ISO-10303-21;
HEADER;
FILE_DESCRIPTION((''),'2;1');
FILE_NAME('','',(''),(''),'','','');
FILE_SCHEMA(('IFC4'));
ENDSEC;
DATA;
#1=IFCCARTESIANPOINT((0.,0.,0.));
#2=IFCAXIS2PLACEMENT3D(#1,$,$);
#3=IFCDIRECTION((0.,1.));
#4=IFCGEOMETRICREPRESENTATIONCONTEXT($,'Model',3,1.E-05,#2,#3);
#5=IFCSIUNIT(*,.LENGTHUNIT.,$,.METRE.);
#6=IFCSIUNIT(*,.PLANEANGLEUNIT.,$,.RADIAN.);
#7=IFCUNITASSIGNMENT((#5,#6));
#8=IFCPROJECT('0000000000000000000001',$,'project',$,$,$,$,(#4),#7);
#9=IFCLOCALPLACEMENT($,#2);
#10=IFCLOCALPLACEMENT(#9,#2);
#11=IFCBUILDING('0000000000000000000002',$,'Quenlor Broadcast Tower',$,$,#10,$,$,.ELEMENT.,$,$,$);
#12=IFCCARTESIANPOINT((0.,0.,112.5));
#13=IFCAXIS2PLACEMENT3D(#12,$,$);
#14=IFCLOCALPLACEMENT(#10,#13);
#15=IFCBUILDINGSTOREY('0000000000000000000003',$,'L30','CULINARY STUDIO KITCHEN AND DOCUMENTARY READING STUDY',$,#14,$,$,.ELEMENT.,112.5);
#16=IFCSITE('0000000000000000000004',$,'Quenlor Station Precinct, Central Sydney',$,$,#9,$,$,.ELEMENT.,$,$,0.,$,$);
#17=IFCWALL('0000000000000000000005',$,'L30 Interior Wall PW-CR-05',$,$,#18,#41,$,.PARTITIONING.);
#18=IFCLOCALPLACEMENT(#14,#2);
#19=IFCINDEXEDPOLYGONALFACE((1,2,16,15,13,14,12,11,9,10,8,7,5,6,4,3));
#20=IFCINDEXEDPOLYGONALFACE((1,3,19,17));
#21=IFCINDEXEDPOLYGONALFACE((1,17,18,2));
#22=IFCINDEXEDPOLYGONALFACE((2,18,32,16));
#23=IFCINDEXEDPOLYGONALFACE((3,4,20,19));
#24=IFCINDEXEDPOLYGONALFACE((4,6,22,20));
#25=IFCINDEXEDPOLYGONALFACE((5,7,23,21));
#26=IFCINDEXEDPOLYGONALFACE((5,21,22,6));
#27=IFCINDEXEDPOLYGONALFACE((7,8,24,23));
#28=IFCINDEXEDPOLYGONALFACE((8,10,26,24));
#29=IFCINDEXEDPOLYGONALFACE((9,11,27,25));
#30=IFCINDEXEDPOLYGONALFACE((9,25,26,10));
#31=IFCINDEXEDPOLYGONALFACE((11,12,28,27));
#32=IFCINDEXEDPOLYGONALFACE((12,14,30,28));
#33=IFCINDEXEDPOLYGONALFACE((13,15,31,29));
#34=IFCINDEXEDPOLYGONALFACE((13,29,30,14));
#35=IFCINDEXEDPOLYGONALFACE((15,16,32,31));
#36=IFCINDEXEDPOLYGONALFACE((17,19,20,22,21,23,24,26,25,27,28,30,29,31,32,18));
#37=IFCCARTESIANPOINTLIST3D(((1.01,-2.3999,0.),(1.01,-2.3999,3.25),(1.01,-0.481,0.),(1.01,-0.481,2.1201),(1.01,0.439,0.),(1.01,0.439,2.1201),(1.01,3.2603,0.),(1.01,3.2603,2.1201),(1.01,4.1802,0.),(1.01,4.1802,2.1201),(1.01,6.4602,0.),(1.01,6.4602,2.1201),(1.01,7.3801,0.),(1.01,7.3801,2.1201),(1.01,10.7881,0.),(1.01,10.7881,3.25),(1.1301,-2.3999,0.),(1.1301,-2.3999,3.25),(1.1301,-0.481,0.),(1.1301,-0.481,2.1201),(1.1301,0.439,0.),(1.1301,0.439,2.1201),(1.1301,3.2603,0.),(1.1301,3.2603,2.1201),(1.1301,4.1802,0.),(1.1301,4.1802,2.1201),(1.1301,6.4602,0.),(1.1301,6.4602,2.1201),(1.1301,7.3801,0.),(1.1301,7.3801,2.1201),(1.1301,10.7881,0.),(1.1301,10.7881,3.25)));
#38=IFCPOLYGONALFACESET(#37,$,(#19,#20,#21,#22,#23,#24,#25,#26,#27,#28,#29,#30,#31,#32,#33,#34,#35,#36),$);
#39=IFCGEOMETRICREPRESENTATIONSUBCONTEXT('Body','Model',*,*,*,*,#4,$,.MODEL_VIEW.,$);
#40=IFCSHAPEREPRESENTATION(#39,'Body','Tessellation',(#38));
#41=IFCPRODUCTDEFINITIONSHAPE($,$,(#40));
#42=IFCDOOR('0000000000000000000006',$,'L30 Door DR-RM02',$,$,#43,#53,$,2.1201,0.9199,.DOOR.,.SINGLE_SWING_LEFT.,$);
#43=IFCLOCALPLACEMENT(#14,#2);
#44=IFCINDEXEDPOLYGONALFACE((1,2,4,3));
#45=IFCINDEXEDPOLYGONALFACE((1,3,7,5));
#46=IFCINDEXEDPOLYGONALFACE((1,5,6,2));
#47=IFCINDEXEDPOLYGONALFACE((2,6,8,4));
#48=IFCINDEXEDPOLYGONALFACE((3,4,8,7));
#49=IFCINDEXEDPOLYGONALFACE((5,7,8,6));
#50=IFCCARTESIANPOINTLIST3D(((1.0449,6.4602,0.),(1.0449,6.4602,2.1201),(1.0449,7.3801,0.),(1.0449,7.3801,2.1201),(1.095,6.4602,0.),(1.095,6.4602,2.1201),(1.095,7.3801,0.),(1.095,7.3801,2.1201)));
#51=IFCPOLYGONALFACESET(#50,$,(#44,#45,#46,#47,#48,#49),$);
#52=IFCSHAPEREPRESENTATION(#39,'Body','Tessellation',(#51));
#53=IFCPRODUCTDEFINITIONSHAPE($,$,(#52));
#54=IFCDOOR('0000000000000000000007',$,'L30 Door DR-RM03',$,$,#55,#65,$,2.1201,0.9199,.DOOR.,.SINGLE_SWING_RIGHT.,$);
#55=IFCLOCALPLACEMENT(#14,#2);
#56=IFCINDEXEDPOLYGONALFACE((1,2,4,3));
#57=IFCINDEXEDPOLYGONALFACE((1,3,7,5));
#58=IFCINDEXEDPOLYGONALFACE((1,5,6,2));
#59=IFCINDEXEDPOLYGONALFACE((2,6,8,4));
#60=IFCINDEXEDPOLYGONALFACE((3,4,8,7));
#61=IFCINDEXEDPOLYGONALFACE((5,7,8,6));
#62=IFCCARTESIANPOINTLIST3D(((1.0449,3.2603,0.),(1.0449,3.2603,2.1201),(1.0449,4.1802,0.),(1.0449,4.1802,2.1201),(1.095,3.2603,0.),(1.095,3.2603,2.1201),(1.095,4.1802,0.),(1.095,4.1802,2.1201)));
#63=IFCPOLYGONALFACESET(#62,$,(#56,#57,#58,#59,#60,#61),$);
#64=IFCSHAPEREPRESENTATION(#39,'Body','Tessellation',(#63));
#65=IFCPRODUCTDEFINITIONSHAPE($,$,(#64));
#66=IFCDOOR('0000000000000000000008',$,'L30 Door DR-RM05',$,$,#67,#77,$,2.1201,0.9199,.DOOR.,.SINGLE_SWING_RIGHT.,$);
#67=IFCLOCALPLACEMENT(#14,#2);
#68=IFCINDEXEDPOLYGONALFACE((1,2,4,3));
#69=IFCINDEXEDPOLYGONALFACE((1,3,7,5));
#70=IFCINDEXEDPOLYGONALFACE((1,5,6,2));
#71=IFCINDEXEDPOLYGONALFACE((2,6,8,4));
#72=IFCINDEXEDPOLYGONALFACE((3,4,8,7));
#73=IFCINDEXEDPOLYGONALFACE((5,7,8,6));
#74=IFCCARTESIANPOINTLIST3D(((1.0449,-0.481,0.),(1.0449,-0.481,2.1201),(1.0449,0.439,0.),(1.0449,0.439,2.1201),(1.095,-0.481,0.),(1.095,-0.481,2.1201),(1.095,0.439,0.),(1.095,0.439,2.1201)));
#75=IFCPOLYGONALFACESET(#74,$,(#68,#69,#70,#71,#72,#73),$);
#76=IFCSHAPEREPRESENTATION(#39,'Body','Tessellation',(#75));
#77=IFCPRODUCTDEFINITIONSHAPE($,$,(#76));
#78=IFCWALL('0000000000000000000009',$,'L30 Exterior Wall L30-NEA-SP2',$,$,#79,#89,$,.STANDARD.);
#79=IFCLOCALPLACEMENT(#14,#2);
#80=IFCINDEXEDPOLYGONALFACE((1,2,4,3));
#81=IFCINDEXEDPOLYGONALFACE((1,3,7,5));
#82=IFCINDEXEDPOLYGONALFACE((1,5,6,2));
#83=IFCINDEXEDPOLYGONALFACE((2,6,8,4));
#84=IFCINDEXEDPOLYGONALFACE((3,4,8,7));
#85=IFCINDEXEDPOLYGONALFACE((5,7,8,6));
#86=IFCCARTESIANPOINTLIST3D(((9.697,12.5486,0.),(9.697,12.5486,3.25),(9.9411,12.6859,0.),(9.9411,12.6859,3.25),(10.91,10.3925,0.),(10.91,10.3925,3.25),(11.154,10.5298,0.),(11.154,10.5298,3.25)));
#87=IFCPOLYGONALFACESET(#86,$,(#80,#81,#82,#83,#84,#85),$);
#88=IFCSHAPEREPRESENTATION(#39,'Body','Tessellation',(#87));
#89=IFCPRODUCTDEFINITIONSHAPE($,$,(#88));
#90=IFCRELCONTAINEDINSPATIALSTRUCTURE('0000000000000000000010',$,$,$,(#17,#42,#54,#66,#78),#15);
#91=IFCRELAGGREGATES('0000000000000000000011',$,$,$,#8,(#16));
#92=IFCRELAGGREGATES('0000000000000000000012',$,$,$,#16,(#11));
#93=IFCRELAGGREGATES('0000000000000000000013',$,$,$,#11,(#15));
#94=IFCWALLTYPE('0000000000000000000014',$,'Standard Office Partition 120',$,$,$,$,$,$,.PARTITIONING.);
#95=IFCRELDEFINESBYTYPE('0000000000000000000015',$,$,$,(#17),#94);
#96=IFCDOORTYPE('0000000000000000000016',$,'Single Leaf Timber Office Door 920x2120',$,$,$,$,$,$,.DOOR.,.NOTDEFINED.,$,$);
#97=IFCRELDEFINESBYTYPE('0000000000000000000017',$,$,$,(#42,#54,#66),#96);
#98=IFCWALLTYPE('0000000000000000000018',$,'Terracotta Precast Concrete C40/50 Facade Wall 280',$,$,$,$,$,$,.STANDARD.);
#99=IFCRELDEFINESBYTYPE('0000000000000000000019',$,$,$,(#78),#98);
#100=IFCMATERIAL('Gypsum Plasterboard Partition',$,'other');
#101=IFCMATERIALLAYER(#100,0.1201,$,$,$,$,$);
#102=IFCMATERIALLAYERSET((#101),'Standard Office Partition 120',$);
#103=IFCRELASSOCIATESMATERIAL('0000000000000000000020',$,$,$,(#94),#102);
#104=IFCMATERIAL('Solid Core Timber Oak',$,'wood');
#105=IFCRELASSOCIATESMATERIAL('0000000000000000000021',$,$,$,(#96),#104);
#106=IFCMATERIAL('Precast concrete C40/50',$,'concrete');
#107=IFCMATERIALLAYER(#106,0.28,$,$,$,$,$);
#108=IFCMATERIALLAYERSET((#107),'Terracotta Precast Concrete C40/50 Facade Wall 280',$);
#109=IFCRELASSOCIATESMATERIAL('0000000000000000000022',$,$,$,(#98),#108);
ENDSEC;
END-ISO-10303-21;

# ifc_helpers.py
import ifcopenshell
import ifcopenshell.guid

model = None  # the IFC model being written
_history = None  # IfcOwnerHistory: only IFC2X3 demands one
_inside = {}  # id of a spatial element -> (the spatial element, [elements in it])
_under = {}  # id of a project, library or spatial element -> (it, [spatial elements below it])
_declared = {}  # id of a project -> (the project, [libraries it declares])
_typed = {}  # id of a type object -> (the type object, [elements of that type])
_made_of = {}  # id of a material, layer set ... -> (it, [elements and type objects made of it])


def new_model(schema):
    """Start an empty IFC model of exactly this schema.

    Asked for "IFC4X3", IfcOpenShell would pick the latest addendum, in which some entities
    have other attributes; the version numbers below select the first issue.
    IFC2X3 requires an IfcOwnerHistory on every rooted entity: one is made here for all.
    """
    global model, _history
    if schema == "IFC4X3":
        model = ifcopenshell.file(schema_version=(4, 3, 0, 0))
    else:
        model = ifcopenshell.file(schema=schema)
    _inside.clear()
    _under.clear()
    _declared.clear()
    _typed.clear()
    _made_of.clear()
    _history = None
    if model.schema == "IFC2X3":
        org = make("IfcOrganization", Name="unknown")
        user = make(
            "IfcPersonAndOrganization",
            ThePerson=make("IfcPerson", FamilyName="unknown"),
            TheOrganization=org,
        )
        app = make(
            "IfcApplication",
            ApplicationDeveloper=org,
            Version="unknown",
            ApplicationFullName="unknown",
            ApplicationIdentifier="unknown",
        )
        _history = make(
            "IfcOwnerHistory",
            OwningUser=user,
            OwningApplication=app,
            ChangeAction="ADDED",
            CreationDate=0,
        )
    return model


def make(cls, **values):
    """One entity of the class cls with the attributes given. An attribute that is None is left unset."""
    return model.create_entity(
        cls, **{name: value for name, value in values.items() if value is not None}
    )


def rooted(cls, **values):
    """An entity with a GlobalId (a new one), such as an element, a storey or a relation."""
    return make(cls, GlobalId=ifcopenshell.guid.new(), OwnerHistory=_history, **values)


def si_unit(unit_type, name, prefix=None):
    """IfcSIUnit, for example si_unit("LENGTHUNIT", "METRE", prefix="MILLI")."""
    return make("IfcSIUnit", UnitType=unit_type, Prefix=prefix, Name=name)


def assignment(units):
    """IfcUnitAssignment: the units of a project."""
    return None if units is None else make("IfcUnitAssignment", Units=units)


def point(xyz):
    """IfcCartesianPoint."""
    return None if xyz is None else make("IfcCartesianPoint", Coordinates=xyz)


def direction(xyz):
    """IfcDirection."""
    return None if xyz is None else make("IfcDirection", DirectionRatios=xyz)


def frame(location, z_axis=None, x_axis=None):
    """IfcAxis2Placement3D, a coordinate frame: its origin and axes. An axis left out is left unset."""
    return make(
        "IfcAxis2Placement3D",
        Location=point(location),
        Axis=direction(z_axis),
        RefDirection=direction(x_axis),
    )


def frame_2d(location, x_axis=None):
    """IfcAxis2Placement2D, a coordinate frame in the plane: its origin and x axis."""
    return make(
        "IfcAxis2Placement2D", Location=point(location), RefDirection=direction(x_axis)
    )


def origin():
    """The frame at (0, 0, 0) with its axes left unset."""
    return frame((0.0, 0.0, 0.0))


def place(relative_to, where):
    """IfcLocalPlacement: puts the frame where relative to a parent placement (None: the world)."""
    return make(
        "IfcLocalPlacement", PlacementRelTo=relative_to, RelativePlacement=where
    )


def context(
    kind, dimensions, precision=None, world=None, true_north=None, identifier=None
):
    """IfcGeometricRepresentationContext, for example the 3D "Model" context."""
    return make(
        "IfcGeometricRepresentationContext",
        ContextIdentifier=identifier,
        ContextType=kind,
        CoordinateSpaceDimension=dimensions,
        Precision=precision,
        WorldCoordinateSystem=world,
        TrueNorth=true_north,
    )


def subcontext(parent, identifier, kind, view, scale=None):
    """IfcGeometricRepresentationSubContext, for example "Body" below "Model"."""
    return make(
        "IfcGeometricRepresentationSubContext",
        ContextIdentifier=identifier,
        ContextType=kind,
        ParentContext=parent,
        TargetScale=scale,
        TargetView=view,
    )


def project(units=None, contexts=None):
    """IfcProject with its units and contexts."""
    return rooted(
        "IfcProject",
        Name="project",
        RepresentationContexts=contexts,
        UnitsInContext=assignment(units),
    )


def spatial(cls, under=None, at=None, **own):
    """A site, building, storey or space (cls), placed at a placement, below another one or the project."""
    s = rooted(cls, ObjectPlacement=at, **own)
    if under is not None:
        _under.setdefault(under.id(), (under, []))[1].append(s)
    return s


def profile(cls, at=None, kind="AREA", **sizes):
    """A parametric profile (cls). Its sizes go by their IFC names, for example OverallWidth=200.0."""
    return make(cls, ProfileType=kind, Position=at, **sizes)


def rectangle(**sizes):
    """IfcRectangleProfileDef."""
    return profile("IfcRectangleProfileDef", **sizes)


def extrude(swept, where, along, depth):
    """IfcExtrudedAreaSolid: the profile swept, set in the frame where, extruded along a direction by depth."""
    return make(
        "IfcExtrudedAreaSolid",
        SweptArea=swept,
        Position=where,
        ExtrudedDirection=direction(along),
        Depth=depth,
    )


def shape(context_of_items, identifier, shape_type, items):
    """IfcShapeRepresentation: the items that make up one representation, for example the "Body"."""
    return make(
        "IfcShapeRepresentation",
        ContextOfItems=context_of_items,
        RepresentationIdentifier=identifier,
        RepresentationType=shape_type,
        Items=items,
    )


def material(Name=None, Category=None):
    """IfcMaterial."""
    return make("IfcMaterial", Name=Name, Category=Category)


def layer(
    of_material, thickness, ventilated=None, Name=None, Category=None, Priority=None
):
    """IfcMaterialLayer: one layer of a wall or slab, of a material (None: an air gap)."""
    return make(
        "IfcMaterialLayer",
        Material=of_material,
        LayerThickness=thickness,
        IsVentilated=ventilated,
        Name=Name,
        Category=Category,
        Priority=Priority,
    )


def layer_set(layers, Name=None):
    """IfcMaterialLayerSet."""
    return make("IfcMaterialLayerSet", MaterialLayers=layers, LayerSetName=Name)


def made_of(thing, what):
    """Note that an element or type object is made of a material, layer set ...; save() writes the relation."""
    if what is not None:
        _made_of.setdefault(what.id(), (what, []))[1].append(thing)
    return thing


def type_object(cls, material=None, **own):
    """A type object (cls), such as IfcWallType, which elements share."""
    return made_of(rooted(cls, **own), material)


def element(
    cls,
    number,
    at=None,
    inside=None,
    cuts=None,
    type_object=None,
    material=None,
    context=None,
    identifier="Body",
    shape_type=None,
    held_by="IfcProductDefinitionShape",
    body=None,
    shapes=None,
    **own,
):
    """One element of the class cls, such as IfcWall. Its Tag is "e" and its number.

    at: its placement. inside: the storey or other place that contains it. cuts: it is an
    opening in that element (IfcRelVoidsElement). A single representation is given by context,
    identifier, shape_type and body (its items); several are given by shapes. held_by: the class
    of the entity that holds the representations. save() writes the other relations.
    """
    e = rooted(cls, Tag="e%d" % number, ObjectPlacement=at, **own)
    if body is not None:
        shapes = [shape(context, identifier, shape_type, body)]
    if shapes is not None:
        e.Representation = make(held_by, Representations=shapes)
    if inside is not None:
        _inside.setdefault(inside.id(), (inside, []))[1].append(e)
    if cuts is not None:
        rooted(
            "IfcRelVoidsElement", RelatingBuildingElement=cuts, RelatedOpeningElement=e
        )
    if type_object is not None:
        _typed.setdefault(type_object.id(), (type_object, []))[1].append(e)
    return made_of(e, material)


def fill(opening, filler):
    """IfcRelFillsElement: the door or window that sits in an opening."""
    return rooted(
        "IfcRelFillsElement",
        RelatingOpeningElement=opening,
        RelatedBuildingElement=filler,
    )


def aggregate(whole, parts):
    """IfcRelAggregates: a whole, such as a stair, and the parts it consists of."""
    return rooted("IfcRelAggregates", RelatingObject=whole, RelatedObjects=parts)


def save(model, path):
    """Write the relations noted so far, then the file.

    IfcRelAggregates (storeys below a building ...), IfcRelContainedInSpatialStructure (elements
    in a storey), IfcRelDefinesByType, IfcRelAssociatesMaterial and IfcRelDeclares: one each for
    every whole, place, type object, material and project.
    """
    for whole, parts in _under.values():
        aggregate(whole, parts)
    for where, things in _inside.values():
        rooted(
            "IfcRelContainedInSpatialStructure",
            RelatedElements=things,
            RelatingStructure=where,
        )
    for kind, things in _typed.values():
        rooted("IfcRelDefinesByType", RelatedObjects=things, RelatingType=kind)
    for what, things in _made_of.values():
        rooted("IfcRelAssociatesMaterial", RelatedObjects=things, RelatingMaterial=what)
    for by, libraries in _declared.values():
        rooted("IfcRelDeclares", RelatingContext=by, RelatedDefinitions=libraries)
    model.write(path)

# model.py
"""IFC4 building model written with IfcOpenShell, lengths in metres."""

from ifc_helpers import new_model, si_unit, direction, frame, frame_2d, origin, place, context, subcontext, project, spatial, rectangle, extrude, material, layer, layer_set, type_object, element, fill, save


model = new_model("IFC4")

# Units and contexts
model_context = context("Model", 3, precision=1e-05, world=origin(), true_north=direction((0.0, 1.0)))
body_context = subcontext(model_context, "Body", "Model", "MODEL_VIEW")
ifc_project = project(units=[si_unit("LENGTHUNIT", "METRE"), si_unit("PLANEANGLEUNIT", "RADIAN")], contexts=[model_context])

# Site, building, storey
site_placement = place(None, origin())
site = spatial("IfcSite", under=ifc_project, at=site_placement, Name="Quenlor Station Precinct, Central Sydney", CompositionType="ELEMENT", RefElevation=0.0)
building_placement = place(site_placement, origin())
building = spatial("IfcBuilding", under=site, at=building_placement, Name="Quenlor Broadcast Tower", CompositionType="ELEMENT")
storey_placement = place(building_placement, frame((0.0, 0.0, 112.5)))
storey = spatial("IfcBuildingStorey", under=building, at=storey_placement, Name="L30", Description="CULINARY STUDIO KITCHEN AND DOCUMENTARY READING STUDY", CompositionType="ELEMENT", Elevation=112.5)

# Wall, openings, doors
ifc_material_1 = material(Name="Gypsum Plasterboard Partition", Category="other")
ifc_layer_1 = layer(ifc_material_1, 0.1201)
ifc_layer_set_1 = layer_set([ifc_layer_1], Name="Standard Office Partition 120")
wall_type_1 = type_object("IfcWallType", Name="Standard Office Partition 120", PredefinedType="PARTITIONING", material=ifc_layer_set_1)
wall_1_placement = place(storey_placement, frame((1.0701, 10.7881, 0.0), z_axis=(0.0, 0.0, 1.0), x_axis=(0.0, -1.0, 0.0)))
wall_1 = element("IfcWall", 1, at=wall_1_placement, inside=storey, type_object=wall_type_1, Name="L30 Interior Wall PW-CR-05", PredefinedType="PARTITIONING", context=body_context, shape_type="SweptSolid", body=[
    extrude(rectangle(XDim=13.188, YDim=0.1201, at=frame_2d((6.594, 0.0))), origin(), (0.0, 0.0, 1.0), 3.25),
])
opening_1_placement = place(wall_1_placement, frame((3.408, 0.0, 0.0)))
opening_1 = element("IfcOpeningElement", 2, at=opening_1_placement, cuts=wall_1, PredefinedType="OPENING", context=body_context, shape_type="SweptSolid", body=[
    extrude(rectangle(XDim=0.9199, YDim=2.1201, at=frame_2d((0.46, 1.0601))), frame((0.0, 0.0701, 0.0), z_axis=(0.0, -1.0, 0.0), x_axis=(1.0, 0.0, 0.0)), (0.0, 0.0, 1.0), 0.1401),
])
opening_2_placement = place(wall_1_placement, frame((6.6079, 0.0, 0.0)))
opening_2 = element("IfcOpeningElement", 3, at=opening_2_placement, cuts=wall_1, PredefinedType="OPENING", context=body_context, shape_type="SweptSolid", body=[
    extrude(rectangle(XDim=0.9199, YDim=2.1201, at=frame_2d((0.46, 1.0601))), frame((0.0, 0.0701, 0.0), z_axis=(0.0, -1.0, 0.0), x_axis=(1.0, 0.0, 0.0)), (0.0, 0.0, 1.0), 0.1401),
])
opening_3_placement = place(wall_1_placement, frame((10.3491, 0.0, 0.0)))
opening_3 = element("IfcOpeningElement", 4, at=opening_3_placement, cuts=wall_1, PredefinedType="OPENING", context=body_context, shape_type="SweptSolid", body=[
    extrude(rectangle(XDim=0.9199, YDim=2.1201, at=frame_2d((0.46, 1.0601))), frame((0.0, 0.0701, 0.0), z_axis=(0.0, -1.0, 0.0), x_axis=(1.0, 0.0, 0.0)), (0.0, 0.0, 1.0), 0.1401),
])
ifc_material_2 = material(Name="Solid Core Timber Oak", Category="wood")
door_type = type_object("IfcDoorType", Name="Single Leaf Timber Office Door 920x2120", OperationType="NOTDEFINED", PredefinedType="DOOR", material=ifc_material_2)
door_1_placement = place(opening_1_placement, origin())
door_1 = element("IfcDoor", 5, at=door_1_placement, inside=storey, type_object=door_type, Name="L30 Door DR-RM02", OperationType="SINGLE_SWING_LEFT", OverallHeight=2.1201, OverallWidth=0.9199, PredefinedType="DOOR", context=body_context, shape_type="SweptSolid", body=[
    extrude(rectangle(XDim=0.9199, YDim=2.1201, at=frame_2d((0.46, 1.0601))), frame((0.0, 0.0249, 0.0), z_axis=(0.0, -1.0, 0.0), x_axis=(1.0, 0.0, 0.0)), (0.0, 0.0, 1.0), 0.05),
])
fill(opening_1, door_1)
door_2_placement = place(opening_2_placement, origin())
door_2 = element("IfcDoor", 6, at=door_2_placement, inside=storey, type_object=door_type, Name="L30 Door DR-RM03", OperationType="SINGLE_SWING_RIGHT", OverallHeight=2.1201, OverallWidth=0.9199, PredefinedType="DOOR", context=body_context, shape_type="SweptSolid", body=[
    extrude(rectangle(XDim=0.9199, YDim=2.1201, at=frame_2d((0.46, 1.0601))), frame((0.0, 0.0249, 0.0), z_axis=(0.0, -1.0, 0.0), x_axis=(1.0, 0.0, 0.0)), (0.0, 0.0, 1.0), 0.05),
])
fill(opening_2, door_2)
door_3_placement = place(opening_3_placement, origin())
door_3 = element("IfcDoor", 7, at=door_3_placement, inside=storey, type_object=door_type, Name="L30 Door DR-RM05", OperationType="SINGLE_SWING_RIGHT", OverallHeight=2.1201, OverallWidth=0.9199, PredefinedType="DOOR", context=body_context, shape_type="SweptSolid", body=[
    extrude(rectangle(XDim=0.9199, YDim=2.1201, at=frame_2d((0.46, 1.0601))), frame((0.0, 0.0249, 0.0), z_axis=(0.0, -1.0, 0.0), x_axis=(1.0, 0.0, 0.0)), (0.0, 0.0, 1.0), 0.05),
])
fill(opening_3, door_3)

# Wall
ifc_material_3 = material(Name="Precast concrete C40/50", Category="concrete")
ifc_layer_2 = layer(ifc_material_3, 0.28)
ifc_layer_set_2 = layer_set([ifc_layer_2], Name="Terracotta Precast Concrete C40/50 Facade Wall 280")
wall_type_2 = type_object("IfcWallType", Name="Terracotta Precast Concrete C40/50 Facade Wall 280", PredefinedType="STANDARD", material=ifc_layer_set_2)
wall_2_placement = place(storey_placement, frame((9.8191, 12.6172, 0.0), z_axis=(0.0, 0.0, 1.0), x_axis=(0.490303, -0.871552, 0.0)))
element("IfcWall", 8, at=wall_2_placement, inside=storey, type_object=wall_type_2, Name="L30 Exterior Wall L30-NEA-SP2", PredefinedType="STANDARD", context=body_context, shape_type="SweptSolid", body=[
    extrude(rectangle(XDim=2.4739, YDim=0.28, at=frame_2d((1.2368, 0.0))), origin(), (0.0, 0.0, 1.0), 3.25),
])

save(model, "model.ifc")
